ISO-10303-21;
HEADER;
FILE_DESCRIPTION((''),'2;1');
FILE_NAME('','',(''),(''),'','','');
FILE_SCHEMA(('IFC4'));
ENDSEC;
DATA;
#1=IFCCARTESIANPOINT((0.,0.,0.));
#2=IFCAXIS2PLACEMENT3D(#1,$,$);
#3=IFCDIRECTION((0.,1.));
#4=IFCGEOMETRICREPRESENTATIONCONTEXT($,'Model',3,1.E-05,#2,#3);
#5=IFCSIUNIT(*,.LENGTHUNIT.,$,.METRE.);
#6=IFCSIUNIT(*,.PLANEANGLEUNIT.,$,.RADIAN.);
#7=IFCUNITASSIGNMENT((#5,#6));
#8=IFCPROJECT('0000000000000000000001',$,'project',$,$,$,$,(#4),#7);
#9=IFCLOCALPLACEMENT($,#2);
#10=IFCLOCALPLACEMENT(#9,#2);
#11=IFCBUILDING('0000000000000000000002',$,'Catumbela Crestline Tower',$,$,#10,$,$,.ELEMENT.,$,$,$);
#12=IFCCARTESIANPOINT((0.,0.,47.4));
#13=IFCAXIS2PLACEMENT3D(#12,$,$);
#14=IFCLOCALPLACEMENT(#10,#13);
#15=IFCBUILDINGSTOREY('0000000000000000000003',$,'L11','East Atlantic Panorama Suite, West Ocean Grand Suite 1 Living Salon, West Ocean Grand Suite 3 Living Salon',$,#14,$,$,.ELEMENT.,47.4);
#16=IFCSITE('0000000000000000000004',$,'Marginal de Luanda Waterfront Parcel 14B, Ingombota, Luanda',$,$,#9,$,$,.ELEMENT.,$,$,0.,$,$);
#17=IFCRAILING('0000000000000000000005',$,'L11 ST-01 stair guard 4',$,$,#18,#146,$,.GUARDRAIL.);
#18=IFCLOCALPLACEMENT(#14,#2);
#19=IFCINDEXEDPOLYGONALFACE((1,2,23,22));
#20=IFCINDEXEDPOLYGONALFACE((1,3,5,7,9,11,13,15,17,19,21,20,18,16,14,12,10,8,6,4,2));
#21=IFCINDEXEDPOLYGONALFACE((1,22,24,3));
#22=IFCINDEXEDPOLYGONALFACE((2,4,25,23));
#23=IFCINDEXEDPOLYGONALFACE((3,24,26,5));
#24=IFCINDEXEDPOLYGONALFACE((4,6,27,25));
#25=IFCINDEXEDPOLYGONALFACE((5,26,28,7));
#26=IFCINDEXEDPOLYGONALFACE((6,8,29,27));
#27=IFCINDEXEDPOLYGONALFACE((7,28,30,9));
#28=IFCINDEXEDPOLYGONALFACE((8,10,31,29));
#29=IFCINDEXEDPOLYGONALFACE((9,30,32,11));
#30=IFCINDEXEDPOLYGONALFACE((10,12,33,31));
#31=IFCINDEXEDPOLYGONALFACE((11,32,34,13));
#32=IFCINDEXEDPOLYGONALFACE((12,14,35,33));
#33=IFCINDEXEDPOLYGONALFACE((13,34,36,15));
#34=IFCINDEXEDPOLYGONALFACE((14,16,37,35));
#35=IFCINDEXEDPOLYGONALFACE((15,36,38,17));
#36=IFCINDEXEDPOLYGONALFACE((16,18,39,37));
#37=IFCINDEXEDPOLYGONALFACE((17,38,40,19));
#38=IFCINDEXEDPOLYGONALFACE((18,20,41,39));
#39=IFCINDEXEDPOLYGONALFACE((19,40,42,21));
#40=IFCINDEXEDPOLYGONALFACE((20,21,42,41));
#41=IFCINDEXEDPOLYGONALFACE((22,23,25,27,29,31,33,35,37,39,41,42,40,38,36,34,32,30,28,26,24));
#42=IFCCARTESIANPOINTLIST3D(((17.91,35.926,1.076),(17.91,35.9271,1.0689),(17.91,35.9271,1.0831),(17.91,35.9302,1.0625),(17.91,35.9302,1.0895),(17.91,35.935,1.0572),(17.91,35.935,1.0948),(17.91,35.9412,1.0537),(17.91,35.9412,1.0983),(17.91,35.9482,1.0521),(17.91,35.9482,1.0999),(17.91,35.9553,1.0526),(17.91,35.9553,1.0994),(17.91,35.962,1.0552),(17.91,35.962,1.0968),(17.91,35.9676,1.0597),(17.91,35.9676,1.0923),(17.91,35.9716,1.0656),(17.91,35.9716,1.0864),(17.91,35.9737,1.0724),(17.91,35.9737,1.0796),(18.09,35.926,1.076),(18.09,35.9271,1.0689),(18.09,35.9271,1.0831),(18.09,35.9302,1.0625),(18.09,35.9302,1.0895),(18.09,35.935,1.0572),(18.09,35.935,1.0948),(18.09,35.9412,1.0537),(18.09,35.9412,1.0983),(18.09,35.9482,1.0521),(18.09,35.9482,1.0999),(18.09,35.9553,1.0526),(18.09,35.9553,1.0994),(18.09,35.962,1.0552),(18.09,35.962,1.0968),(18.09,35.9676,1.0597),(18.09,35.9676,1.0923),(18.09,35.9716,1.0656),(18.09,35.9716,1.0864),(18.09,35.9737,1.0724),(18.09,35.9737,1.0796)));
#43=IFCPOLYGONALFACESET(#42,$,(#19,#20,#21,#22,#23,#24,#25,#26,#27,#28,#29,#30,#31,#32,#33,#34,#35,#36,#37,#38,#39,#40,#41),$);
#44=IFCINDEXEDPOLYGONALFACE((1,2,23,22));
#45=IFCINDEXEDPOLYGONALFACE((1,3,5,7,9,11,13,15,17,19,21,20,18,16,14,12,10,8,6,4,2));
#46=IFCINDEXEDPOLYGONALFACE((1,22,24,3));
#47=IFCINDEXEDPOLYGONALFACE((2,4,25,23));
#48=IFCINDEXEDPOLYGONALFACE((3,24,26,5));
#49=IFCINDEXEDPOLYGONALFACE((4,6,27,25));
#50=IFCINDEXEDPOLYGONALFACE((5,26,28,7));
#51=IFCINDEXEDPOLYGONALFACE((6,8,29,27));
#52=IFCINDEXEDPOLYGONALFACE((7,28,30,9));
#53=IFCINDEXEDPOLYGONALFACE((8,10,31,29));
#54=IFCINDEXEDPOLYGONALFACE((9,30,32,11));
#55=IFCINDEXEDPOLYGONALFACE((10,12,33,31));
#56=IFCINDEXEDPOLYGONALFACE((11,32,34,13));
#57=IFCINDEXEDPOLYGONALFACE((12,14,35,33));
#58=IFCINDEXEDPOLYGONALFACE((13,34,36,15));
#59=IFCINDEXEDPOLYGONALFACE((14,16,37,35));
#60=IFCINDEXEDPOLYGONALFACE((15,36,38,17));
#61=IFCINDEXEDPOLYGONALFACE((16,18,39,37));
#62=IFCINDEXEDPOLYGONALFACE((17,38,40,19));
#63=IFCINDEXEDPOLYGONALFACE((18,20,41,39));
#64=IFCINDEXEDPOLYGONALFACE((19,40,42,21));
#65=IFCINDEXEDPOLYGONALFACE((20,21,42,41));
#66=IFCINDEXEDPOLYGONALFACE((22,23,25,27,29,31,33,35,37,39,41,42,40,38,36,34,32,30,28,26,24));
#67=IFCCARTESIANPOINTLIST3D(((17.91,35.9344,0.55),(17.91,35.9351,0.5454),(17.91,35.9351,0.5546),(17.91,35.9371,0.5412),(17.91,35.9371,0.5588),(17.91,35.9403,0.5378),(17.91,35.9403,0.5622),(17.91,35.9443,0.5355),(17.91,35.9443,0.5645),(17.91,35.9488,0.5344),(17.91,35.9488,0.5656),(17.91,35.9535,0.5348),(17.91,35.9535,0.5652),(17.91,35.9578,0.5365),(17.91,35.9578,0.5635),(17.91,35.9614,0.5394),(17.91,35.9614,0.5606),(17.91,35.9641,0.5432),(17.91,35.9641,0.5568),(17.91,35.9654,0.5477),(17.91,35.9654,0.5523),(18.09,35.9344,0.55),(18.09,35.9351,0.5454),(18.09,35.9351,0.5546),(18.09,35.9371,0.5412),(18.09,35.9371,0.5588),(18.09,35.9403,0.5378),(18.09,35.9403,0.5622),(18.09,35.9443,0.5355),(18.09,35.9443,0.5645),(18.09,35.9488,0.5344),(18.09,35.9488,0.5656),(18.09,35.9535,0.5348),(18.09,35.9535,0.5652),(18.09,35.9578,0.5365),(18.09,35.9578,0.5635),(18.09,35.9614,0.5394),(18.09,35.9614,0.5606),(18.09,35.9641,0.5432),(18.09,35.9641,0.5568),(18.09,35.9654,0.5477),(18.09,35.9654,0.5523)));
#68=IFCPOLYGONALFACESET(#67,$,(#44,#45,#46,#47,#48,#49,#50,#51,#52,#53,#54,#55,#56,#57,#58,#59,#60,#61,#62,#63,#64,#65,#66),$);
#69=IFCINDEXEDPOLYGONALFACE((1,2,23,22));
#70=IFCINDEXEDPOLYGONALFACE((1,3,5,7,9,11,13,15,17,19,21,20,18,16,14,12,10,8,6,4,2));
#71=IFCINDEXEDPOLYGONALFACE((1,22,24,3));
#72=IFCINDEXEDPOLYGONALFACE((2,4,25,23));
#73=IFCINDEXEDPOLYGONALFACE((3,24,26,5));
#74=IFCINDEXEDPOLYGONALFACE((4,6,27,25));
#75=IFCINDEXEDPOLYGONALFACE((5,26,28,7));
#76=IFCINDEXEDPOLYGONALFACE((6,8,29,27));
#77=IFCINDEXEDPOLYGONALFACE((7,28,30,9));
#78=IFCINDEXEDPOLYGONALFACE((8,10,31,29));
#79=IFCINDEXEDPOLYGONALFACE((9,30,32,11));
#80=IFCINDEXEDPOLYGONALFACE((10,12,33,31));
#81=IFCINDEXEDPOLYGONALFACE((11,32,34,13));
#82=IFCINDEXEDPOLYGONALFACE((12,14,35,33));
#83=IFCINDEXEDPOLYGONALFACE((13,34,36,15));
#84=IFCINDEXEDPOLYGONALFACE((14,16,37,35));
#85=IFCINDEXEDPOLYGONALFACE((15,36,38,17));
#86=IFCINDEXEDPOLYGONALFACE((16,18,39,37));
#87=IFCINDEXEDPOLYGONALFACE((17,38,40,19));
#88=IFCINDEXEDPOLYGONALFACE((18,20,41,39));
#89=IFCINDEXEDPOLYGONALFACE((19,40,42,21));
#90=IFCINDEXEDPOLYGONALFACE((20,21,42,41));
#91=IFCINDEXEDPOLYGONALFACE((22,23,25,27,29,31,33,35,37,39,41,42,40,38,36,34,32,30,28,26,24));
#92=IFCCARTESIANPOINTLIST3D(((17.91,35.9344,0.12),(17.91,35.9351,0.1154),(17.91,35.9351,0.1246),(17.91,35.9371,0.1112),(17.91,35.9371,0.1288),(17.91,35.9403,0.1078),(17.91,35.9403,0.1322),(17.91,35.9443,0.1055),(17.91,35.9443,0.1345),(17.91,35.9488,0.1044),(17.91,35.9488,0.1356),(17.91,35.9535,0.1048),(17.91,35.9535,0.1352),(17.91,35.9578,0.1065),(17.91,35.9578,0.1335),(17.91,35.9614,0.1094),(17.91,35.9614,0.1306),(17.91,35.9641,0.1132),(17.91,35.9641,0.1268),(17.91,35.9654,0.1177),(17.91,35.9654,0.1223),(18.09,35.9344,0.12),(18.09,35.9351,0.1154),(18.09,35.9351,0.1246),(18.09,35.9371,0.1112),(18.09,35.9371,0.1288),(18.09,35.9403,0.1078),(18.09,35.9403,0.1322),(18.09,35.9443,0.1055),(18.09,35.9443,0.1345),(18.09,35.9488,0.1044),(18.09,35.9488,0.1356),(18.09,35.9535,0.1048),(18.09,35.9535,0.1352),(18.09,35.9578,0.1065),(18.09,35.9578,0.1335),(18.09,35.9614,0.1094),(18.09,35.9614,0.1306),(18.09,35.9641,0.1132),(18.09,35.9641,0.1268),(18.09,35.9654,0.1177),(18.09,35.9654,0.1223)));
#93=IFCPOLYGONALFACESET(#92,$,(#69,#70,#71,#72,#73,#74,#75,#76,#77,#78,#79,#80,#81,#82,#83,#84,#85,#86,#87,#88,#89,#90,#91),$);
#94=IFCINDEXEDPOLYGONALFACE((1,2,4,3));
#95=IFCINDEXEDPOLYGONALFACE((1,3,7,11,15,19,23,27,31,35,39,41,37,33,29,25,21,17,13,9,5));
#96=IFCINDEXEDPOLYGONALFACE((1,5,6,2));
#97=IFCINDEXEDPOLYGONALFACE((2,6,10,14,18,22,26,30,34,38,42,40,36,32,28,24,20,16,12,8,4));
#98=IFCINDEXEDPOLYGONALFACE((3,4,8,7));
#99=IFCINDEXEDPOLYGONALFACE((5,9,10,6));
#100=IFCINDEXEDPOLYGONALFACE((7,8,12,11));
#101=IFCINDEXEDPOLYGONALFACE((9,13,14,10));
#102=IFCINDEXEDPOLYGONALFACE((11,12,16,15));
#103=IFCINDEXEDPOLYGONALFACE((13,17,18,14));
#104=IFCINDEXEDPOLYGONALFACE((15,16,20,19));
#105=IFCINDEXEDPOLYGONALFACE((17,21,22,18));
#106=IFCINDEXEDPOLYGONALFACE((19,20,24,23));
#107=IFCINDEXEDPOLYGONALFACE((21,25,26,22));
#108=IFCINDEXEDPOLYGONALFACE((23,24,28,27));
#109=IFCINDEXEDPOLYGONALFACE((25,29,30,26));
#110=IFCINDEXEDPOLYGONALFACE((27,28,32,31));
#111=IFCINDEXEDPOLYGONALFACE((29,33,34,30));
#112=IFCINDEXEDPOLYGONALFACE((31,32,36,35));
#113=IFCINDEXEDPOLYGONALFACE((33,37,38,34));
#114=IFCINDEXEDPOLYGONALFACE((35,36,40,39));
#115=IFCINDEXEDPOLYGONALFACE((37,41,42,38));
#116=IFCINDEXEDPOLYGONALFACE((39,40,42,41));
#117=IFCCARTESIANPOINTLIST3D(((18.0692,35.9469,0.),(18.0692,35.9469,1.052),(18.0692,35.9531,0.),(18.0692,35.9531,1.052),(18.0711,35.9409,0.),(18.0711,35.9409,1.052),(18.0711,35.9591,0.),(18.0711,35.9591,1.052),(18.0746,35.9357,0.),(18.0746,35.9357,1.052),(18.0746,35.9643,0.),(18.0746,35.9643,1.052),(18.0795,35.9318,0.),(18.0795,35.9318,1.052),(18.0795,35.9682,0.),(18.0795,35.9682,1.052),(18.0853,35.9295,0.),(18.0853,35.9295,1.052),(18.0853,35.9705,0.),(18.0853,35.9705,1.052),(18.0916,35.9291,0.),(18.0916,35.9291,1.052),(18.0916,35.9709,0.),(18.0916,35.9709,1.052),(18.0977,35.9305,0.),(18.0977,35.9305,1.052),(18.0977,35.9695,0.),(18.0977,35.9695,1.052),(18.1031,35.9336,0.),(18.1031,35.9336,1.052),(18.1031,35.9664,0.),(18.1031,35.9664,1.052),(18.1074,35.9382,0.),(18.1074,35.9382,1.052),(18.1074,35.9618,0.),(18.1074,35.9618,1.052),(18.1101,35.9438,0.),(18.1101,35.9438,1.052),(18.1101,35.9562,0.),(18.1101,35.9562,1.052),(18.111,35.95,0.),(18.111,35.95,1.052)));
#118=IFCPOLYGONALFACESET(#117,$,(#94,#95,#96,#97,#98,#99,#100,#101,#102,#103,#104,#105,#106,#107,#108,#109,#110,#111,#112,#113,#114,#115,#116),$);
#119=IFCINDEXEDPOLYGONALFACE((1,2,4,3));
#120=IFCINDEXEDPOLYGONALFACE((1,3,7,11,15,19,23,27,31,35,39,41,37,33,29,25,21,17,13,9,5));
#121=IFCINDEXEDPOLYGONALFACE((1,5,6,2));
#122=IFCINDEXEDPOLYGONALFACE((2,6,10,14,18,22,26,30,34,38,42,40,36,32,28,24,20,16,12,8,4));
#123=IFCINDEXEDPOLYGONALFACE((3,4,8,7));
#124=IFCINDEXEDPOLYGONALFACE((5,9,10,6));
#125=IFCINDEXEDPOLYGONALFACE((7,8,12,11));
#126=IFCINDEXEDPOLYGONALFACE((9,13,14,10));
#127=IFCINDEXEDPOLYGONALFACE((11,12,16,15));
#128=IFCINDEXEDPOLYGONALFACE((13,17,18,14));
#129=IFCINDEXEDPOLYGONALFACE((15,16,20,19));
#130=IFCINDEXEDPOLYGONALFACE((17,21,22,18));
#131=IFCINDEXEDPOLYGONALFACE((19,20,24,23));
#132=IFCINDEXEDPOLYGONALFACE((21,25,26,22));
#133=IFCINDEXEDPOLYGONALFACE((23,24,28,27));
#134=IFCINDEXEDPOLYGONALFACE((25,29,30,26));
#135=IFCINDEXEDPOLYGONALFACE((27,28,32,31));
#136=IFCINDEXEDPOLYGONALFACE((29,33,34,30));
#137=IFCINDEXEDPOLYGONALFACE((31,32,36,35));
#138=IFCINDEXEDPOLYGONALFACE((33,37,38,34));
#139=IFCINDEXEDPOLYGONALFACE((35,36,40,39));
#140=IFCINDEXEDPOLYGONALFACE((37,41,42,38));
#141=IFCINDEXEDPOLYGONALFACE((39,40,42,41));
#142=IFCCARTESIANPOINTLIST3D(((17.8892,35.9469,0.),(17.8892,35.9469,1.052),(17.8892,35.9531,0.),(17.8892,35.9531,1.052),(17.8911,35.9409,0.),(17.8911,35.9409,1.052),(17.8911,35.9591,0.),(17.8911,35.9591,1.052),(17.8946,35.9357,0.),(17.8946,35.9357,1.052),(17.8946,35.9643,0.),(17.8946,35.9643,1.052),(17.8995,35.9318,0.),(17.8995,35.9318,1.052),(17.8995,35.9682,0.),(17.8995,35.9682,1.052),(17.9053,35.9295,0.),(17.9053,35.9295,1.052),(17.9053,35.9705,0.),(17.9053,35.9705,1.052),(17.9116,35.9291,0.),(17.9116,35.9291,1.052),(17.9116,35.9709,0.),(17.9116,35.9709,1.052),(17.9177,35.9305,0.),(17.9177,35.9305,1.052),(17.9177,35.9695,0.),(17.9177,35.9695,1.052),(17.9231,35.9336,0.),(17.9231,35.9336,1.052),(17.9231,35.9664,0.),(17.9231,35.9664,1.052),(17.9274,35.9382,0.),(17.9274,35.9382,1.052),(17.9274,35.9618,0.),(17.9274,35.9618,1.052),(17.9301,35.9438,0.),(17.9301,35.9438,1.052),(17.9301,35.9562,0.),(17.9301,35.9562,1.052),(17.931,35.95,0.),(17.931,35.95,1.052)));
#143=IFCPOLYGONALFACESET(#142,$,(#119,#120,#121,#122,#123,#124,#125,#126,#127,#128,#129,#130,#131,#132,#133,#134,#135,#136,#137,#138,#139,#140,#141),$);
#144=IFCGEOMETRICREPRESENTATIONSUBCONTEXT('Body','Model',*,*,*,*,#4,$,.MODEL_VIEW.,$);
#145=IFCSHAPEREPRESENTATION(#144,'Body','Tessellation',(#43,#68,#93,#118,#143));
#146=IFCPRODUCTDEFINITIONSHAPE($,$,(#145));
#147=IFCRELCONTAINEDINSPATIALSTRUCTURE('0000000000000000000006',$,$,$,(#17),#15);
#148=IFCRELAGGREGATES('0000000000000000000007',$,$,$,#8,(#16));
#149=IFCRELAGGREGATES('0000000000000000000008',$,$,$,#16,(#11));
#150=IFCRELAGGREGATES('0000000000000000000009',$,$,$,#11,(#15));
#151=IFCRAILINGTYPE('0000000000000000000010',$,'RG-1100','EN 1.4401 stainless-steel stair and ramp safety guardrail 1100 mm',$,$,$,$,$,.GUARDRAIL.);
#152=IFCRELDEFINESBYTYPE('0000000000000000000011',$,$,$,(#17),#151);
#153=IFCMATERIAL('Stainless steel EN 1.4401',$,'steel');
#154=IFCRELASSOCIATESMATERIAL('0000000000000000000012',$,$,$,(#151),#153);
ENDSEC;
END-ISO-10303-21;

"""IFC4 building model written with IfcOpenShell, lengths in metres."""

from ifc_helpers import new_model, si_unit, direction, frame, origin, origin_2d, place, context, subcontext, project, spatial, circle, extrude, material, type_object, element, save


model = new_model("IFC4")

# Units and contexts
model_context = context("Model", 3, precision=1e-05, world=origin(), true_north=direction((0.0, 1.0)))
body_context = subcontext(model_context, "Body", "Model", "MODEL_VIEW")
ifc_project = project(units=[si_unit("LENGTHUNIT", "METRE"), si_unit("PLANEANGLEUNIT", "RADIAN")], contexts=[model_context])

# Site, building, storey
site_placement = place(None, origin())
site = spatial("IfcSite", under=ifc_project, at=site_placement, Name="Marginal de Luanda Waterfront Parcel 14B, Ingombota, Luanda", CompositionType="ELEMENT", RefElevation=0.0)
building_placement = place(site_placement, origin())
building = spatial("IfcBuilding", under=site, at=building_placement, Name="Catumbela Crestline Tower", CompositionType="ELEMENT")
storey_placement = place(building_placement, frame((0.0, 0.0, 47.4)))
storey = spatial("IfcBuildingStorey", under=building, at=storey_placement, Name="L11", Description="East Atlantic Panorama Suite, West Ocean Grand Suite 1 Living Salon, West Ocean Grand Suite 3 Living Salon", CompositionType="ELEMENT", Elevation=47.4)

# Shared definitions
ifc_material_1 = material(Name="Stainless steel EN 1.4401", Category="steel")

# Railing
railing_type = type_object("IfcRailingType", Name="RG-1100", Description="EN 1.4401 stainless-steel stair and ramp safety guardrail 1100 mm", PredefinedType="GUARDRAIL", material=ifc_material_1)
railing_placement = place(storey_placement, frame((18.09, 35.95, 0.0)))
element("IfcRailing", 1, at=railing_placement, inside=storey, type_object=railing_type, Name="L11 ST-01 stair guard 4", PredefinedType="GUARDRAIL", context=body_context, shape_type="SweptSolid", body=[
    extrude(circle(Radius=0.024, at=origin_2d()), frame((0.0, 0.0, 1.076), z_axis=(-1.0, 0.0, 0.0), x_axis=(0.0, -1.0, 0.0)), (0.0, 0.0, 1.0), 0.18),
    extrude(circle(Radius=0.0156, at=origin_2d()), frame((0.0, 0.0, 0.55), z_axis=(-1.0, 0.0, 0.0), x_axis=(0.0, -1.0, 0.0)), (0.0, 0.0, 1.0), 0.18),
    extrude(circle(Radius=0.0156, at=origin_2d()), frame((0.0, 0.0, 0.12), z_axis=(-1.0, 0.0, 0.0), x_axis=(0.0, -1.0, 0.0)), (0.0, 0.0, 1.0), 0.18),
    extrude(circle(Radius=0.021, at=origin_2d()), origin(), (0.0, 0.0, 1.0), 1.052),
    extrude(circle(Radius=0.021, at=origin_2d()), frame((-0.18, 0.0, 0.0)), (0.0, 0.0, 1.0), 1.052),
])

save(model, "model.ifc")
